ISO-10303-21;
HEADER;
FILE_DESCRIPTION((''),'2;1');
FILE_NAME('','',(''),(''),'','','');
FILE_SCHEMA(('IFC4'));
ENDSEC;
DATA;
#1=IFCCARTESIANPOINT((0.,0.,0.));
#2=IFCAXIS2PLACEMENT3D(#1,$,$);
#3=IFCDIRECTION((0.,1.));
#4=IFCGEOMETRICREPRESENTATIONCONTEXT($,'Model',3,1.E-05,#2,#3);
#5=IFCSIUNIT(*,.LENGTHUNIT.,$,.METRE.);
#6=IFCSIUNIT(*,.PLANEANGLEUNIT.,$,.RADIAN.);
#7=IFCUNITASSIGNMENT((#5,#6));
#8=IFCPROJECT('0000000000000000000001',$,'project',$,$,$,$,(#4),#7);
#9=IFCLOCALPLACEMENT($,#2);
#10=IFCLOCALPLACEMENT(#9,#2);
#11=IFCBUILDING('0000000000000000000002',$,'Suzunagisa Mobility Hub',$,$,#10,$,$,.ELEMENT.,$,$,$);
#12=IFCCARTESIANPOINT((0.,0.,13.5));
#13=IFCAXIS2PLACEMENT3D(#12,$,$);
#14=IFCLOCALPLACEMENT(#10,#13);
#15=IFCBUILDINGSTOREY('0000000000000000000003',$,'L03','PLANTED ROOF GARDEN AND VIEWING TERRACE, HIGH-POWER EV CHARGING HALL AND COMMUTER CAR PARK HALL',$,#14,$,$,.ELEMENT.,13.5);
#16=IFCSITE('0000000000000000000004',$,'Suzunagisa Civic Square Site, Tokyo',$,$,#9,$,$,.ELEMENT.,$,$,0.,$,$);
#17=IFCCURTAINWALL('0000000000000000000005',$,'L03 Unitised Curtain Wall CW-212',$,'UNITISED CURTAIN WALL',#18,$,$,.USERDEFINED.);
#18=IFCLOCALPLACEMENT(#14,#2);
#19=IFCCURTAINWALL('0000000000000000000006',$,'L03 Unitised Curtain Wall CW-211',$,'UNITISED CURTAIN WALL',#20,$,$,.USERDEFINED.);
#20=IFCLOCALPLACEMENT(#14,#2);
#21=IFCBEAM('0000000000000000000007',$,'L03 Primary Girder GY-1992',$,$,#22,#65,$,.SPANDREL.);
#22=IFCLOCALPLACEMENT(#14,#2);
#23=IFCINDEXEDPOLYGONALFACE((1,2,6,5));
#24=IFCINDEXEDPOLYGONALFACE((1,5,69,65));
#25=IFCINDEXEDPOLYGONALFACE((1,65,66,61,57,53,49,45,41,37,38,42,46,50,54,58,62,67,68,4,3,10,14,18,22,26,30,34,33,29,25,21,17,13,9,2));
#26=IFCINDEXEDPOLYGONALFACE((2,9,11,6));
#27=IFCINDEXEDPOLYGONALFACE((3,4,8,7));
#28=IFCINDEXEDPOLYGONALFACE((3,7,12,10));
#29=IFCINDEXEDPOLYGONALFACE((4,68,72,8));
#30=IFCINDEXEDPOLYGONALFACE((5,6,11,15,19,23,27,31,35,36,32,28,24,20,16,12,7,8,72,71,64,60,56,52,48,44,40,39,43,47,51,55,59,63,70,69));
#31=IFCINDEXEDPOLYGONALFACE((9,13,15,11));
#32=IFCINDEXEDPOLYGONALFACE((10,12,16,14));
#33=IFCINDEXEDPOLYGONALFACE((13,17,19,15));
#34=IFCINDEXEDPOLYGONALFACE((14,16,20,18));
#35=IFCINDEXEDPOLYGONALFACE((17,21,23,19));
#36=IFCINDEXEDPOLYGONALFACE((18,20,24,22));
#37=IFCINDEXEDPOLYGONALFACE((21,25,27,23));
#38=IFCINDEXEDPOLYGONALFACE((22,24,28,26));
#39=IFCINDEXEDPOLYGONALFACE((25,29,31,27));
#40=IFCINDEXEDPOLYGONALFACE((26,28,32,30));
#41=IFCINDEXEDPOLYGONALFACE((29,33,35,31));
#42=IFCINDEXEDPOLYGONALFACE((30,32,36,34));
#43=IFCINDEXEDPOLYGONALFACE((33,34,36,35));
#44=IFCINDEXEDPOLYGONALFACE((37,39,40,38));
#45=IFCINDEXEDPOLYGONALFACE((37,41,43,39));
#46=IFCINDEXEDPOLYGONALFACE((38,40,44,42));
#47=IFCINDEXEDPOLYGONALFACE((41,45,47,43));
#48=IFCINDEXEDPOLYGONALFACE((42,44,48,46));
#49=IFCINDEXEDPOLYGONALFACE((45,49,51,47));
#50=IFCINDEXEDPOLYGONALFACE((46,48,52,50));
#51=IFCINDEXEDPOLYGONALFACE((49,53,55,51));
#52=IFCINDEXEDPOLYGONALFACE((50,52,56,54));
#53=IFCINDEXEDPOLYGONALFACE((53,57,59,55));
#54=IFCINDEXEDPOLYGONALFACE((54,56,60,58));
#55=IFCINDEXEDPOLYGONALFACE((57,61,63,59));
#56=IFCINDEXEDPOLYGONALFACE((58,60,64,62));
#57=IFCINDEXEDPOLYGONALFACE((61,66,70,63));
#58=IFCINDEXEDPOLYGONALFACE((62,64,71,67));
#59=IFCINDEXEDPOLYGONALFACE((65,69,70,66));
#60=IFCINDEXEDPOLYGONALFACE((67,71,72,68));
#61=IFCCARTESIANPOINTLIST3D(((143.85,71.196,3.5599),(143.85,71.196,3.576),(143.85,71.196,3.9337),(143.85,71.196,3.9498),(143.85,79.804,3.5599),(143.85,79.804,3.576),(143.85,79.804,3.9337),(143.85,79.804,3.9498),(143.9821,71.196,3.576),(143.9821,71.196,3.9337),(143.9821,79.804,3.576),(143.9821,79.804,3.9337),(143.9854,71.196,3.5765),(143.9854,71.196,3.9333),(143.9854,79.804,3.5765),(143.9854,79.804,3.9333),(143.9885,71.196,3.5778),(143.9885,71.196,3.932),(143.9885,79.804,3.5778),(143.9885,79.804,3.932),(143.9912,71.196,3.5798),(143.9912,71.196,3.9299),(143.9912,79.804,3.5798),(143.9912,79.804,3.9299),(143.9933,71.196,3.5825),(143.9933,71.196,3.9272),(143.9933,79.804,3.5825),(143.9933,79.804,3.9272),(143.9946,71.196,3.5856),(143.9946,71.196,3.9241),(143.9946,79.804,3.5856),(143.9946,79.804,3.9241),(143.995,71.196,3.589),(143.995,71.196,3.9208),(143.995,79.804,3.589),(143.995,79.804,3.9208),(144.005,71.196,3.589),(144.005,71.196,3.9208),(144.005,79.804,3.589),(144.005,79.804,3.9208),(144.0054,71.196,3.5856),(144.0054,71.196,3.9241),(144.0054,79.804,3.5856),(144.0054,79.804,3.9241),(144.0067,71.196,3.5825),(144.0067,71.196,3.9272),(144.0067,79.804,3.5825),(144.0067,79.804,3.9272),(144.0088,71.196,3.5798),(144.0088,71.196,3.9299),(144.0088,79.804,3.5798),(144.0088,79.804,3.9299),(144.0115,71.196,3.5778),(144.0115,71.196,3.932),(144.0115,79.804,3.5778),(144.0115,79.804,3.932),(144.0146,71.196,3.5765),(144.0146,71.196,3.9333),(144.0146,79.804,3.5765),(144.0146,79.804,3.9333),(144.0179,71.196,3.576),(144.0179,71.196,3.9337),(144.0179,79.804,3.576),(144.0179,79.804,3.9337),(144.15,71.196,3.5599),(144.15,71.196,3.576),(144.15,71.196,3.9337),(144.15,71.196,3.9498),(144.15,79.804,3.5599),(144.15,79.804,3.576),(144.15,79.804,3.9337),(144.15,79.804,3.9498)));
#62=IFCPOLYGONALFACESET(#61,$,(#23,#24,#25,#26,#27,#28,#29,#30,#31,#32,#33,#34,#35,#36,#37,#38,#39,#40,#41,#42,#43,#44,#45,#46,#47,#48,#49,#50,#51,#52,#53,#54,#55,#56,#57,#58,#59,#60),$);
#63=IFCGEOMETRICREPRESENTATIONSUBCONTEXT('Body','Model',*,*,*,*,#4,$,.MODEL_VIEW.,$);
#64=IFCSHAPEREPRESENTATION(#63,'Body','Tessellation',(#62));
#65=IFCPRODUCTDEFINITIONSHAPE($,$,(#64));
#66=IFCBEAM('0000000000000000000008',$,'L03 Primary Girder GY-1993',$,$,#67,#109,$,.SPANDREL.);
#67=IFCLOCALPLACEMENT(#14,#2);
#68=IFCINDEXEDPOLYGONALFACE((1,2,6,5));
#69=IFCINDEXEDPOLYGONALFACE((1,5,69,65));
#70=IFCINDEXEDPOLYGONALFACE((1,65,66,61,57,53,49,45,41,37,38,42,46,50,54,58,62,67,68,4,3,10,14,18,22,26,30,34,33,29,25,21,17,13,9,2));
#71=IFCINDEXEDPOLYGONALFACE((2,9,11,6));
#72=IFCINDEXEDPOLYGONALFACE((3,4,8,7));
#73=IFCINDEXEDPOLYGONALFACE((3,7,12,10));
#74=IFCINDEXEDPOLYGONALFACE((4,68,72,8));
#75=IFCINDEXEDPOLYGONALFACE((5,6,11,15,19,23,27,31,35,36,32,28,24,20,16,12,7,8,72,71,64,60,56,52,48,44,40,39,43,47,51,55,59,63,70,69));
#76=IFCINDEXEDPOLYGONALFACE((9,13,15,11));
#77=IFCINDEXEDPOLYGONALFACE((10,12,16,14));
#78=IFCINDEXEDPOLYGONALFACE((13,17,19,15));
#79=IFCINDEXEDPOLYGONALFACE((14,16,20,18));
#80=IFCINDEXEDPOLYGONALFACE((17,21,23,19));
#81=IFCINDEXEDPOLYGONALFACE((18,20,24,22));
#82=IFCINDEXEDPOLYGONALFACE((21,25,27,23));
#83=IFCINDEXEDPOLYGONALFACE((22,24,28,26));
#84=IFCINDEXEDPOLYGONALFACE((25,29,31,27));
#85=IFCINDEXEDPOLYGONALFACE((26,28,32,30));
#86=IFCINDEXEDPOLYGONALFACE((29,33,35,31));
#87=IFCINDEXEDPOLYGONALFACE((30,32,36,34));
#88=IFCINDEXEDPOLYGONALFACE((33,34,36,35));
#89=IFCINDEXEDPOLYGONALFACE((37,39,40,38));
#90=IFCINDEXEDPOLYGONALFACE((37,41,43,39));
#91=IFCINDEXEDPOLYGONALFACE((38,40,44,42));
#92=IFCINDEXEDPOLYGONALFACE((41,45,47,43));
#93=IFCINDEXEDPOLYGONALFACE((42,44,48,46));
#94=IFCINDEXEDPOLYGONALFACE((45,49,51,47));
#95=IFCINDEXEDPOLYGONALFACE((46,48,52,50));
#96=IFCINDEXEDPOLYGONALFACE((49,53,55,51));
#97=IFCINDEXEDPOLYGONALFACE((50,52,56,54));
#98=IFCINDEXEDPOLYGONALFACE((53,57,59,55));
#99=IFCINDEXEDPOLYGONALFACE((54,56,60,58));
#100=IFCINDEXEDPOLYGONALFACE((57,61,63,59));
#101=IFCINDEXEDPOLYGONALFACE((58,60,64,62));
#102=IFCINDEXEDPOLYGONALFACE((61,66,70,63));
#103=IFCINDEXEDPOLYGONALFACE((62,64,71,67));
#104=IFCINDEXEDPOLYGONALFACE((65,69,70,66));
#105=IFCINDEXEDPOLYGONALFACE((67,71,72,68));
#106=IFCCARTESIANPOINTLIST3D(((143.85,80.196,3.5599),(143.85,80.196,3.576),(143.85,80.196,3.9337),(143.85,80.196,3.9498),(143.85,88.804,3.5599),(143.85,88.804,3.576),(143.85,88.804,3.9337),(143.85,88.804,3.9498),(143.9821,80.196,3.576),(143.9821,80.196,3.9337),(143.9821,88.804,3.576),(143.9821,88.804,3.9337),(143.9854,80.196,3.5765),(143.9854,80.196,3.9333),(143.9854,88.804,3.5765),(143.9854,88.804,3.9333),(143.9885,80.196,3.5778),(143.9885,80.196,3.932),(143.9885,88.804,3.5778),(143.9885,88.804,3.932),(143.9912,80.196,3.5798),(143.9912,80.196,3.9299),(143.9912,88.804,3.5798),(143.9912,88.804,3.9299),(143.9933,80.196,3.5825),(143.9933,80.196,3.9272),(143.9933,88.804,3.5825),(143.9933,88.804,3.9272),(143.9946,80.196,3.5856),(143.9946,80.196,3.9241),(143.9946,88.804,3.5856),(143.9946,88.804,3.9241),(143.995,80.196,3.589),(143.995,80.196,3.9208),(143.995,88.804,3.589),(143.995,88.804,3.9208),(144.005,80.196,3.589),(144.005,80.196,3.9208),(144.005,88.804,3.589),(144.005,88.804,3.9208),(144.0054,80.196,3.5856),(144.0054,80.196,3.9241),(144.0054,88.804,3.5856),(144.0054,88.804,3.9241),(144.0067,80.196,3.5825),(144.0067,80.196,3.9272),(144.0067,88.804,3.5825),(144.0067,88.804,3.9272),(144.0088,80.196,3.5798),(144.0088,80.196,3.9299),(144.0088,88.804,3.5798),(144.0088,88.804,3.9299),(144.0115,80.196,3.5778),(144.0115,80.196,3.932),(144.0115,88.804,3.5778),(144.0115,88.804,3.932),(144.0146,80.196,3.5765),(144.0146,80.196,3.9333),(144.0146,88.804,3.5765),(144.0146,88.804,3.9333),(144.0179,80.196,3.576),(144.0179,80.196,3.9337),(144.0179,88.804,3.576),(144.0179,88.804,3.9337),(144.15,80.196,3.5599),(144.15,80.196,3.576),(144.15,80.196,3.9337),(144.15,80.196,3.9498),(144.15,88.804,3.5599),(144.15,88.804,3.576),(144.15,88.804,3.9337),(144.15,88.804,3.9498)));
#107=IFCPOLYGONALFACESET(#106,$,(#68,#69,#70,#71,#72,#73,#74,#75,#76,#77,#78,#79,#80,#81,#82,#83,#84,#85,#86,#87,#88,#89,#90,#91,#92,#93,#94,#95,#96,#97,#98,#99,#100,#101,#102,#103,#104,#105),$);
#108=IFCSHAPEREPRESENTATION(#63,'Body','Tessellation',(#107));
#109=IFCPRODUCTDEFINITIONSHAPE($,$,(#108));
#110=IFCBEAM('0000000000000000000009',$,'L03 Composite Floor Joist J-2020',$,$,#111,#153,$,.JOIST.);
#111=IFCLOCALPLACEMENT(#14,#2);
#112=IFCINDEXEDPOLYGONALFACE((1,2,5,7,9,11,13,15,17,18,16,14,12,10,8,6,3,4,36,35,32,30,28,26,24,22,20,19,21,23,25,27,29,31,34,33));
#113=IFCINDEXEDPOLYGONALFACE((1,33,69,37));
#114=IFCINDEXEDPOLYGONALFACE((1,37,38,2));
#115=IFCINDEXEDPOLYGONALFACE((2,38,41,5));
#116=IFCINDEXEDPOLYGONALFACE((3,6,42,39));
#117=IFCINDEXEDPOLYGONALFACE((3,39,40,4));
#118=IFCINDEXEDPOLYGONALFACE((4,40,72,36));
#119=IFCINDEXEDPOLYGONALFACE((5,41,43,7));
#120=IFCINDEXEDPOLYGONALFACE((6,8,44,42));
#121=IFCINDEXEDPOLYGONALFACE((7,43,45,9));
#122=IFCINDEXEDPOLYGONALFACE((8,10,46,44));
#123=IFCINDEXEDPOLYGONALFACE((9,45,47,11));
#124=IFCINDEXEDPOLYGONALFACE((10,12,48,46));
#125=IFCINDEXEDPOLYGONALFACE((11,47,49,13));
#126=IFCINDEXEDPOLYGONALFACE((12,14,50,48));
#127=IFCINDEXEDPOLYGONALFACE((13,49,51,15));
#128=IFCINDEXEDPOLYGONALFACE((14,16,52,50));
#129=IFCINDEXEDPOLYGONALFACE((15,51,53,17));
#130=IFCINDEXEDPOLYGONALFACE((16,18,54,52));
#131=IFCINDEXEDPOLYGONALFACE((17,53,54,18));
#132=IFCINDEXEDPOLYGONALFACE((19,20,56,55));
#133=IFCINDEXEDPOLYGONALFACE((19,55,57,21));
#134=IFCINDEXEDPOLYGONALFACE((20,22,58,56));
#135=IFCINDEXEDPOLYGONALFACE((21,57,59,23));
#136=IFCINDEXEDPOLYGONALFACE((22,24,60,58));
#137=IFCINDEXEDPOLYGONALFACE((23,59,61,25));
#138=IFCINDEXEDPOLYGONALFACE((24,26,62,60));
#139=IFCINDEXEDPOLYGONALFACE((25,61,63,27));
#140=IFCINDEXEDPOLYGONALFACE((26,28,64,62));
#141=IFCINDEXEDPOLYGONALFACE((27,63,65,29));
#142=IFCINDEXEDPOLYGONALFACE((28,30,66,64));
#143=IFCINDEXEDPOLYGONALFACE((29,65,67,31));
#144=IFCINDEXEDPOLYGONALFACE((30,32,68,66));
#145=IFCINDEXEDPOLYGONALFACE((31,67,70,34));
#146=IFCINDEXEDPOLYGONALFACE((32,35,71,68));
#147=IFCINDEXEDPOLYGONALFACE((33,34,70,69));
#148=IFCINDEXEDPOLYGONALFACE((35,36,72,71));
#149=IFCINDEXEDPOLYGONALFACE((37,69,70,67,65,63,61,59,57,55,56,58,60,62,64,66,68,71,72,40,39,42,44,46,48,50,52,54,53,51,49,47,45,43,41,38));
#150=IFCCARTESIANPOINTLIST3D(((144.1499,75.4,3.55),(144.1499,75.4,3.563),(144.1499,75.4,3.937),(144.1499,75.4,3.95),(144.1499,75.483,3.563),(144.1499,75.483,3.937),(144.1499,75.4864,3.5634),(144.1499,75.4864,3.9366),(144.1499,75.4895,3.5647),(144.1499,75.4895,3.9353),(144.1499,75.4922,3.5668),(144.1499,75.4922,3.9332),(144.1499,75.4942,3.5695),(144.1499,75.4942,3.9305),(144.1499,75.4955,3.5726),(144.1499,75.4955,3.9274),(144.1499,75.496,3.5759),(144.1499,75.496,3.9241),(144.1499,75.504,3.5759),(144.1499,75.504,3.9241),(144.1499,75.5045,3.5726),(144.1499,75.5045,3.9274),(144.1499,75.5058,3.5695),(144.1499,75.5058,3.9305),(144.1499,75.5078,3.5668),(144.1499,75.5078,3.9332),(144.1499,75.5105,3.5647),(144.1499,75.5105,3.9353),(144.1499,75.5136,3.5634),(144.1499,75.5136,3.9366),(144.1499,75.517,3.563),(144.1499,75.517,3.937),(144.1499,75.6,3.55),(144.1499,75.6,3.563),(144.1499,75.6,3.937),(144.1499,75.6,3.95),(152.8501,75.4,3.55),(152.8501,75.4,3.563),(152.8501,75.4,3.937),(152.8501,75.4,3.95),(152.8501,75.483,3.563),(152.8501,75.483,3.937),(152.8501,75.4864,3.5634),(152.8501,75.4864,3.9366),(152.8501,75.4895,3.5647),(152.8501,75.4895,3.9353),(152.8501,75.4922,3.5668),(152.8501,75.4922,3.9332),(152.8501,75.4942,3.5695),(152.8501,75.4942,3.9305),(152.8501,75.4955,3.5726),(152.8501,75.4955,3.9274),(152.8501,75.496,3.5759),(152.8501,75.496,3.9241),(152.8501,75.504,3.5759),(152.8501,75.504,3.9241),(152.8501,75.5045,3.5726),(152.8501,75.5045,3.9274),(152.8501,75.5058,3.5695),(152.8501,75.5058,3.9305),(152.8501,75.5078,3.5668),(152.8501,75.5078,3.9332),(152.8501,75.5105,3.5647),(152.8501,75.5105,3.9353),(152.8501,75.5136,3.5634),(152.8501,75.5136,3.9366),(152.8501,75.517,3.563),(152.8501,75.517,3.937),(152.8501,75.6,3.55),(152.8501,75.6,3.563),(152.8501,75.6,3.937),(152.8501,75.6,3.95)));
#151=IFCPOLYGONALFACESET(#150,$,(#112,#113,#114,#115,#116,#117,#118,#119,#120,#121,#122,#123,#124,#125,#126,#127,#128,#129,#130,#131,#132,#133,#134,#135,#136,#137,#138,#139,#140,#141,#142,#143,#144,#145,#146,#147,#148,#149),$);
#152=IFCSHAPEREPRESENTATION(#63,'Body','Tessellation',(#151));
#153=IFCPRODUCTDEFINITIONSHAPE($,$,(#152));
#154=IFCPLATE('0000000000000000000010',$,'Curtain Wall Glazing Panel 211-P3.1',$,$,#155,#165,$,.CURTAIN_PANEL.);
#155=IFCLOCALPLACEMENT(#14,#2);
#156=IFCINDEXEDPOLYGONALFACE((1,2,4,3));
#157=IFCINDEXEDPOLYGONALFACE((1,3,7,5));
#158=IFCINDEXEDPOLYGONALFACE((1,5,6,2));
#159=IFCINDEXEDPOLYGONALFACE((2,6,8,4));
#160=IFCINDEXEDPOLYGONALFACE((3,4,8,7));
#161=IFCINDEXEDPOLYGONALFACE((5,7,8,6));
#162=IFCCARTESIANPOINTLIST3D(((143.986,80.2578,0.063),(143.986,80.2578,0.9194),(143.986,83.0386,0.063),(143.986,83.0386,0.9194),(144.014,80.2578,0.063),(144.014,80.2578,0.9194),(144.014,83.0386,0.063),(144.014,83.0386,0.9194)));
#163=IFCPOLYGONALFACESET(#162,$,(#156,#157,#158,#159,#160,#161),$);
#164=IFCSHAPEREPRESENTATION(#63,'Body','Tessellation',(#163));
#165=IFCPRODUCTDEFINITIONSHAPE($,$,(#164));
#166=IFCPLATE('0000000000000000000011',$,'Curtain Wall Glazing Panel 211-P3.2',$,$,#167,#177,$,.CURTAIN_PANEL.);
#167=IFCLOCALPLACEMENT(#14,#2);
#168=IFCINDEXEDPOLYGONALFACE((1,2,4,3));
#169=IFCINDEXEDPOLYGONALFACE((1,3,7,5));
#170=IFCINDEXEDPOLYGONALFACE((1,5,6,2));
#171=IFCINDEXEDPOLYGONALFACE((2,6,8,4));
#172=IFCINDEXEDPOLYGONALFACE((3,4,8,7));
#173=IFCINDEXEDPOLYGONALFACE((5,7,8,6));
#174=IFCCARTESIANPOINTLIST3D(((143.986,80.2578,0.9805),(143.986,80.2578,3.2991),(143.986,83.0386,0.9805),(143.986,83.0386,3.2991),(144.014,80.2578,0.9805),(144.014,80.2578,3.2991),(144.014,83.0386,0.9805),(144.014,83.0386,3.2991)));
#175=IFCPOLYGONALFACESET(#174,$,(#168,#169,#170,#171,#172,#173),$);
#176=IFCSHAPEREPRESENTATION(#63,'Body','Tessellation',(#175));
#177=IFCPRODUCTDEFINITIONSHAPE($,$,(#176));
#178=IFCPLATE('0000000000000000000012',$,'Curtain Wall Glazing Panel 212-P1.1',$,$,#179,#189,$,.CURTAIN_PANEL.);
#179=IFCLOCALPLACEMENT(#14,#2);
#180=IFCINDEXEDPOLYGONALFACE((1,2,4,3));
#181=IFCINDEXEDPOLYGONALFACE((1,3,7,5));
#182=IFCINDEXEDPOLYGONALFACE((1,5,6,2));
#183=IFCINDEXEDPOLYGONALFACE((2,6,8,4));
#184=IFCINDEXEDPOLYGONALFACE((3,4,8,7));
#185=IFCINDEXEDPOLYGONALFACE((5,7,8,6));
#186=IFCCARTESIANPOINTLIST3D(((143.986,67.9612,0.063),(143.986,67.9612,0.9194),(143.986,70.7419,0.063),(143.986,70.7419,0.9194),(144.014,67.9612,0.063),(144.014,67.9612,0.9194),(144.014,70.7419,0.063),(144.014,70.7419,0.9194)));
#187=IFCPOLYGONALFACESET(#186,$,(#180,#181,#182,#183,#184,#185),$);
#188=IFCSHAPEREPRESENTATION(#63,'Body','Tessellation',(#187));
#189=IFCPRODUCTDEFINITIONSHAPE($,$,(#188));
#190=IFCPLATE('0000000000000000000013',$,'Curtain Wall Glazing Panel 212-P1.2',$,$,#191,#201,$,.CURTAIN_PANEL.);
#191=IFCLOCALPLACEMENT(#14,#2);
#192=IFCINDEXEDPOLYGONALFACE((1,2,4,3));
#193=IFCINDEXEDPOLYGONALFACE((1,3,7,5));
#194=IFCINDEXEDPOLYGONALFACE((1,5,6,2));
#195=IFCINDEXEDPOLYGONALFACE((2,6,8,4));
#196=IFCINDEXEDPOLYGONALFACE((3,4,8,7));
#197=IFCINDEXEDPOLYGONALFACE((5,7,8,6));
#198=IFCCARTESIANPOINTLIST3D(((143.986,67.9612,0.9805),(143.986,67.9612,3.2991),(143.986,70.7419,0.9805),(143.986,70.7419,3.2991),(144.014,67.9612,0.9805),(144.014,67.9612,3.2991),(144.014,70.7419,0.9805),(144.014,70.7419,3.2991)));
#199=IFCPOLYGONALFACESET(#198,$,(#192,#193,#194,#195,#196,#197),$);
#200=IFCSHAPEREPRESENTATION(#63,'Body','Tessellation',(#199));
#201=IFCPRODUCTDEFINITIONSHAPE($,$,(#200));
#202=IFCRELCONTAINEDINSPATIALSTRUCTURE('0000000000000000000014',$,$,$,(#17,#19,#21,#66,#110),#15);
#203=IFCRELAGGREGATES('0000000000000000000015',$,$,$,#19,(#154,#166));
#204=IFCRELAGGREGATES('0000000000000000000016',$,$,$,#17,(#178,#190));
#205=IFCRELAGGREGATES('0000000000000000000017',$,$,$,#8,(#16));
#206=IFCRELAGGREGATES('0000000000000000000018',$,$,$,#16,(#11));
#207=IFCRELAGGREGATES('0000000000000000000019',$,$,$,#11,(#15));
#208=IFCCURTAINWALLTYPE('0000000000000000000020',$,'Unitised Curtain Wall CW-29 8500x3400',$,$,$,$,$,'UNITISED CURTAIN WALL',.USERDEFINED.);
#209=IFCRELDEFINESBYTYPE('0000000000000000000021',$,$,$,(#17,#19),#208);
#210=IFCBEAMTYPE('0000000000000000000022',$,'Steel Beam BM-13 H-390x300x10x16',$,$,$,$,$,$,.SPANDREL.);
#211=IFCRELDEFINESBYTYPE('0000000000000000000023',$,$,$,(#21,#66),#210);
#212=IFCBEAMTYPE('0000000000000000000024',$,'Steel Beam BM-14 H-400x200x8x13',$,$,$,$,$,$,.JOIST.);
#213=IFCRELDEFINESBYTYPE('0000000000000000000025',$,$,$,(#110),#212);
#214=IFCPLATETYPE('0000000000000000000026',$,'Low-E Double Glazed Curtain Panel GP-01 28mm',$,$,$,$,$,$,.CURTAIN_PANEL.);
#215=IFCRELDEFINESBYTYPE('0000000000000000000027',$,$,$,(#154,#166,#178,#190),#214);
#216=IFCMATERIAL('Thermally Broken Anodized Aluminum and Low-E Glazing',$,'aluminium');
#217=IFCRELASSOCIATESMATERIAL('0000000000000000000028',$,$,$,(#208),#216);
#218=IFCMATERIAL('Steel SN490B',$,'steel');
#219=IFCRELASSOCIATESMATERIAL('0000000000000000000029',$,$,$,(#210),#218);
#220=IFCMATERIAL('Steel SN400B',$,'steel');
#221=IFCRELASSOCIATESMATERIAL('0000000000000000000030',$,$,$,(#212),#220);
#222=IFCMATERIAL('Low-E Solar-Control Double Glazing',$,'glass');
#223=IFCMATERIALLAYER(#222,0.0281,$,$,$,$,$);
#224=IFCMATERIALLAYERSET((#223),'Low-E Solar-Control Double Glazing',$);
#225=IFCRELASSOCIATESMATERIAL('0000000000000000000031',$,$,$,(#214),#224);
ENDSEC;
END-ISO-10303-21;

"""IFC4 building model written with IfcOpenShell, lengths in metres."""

from ifc_helpers import new_model, si_unit, direction, frame, origin, origin_2d, place, context, subcontext, project, spatial, rectangle, i_section, extrude, material, layer, layer_set, material_profile, profile_set, type_object, element, aggregate, save


model = new_model("IFC4")

# Units and contexts
model_context = context("Model", 3, precision=1e-05, world=origin(), true_north=direction((0.0, 1.0)))
body_context = subcontext(model_context, "Body", "Model", "MODEL_VIEW")
ifc_project = project(units=[si_unit("LENGTHUNIT", "METRE"), si_unit("PLANEANGLEUNIT", "RADIAN")], contexts=[model_context])

# Site, building, storey
site_placement = place(None, origin())
site = spatial("IfcSite", under=ifc_project, at=site_placement, Name="Suzunagisa Civic Square Site, Tokyo", CompositionType="ELEMENT", RefElevation=0.0)
building_placement = place(site_placement, origin())
building = spatial("IfcBuilding", under=site, at=building_placement, Name="Suzunagisa Mobility Hub", CompositionType="ELEMENT")
storey_placement = place(building_placement, frame((0.0, 0.0, 13.5)))
storey = spatial("IfcBuildingStorey", under=building, at=storey_placement, Name="L03", Description="PLANTED ROOF GARDEN AND VIEWING TERRACE, HIGH-POWER EV CHARGING HALL AND COMMUTER CAR PARK HALL", CompositionType="ELEMENT", Elevation=13.5)

# Shared definitions
ifc_material_1 = material(Name="Steel SN490B", Category="steel")

# Curtain wall
ifc_material_2 = material(Name="Thermally Broken Anodized Aluminum and Low-E Glazing", Category="aluminium")
curtain_wall_type = type_object("IfcCurtainWallType", Name="Unitised Curtain Wall CW-29 8500x3400", ElementType="UNITISED CURTAIN WALL", PredefinedType="USERDEFINED", material=ifc_material_2)
curtain_wall_1_placement = place(storey_placement, origin())
curtain_wall_1 = element("IfcCurtainWall", 1, at=curtain_wall_1_placement, inside=storey, type_object=curtain_wall_type, Name="L03 Unitised Curtain Wall CW-212", ObjectType="UNITISED CURTAIN WALL", PredefinedType="USERDEFINED")

# Curtain wall
curtain_wall_2_placement = place(storey_placement, origin())
curtain_wall_2 = element("IfcCurtainWall", 2, at=curtain_wall_2_placement, inside=storey, type_object=curtain_wall_type, Name="L03 Unitised Curtain Wall CW-211", ObjectType="UNITISED CURTAIN WALL", PredefinedType="USERDEFINED")

# Beams
ifc_material_profile_1 = material_profile(ifc_material_1, i_section(OverallWidth=0.3, OverallDepth=0.3899, WebThickness=0.01, FlangeThickness=0.0161, FilletRadius=0.0129, at=origin_2d()), Name="H-390x300x10x16")
ifc_profile_set_1 = profile_set([ifc_material_profile_1], Name="Steel SN490B")
beam_type_1 = type_object("IfcBeamType", Name="Steel Beam BM-13 H-390x300x10x16", PredefinedType="SPANDREL", material=ifc_profile_set_1)
for number, where, z_axis, x_axis, name in (
    (3, (144.0, 71.196, 3.7549), (0.0, 1.0, 0.0), (-1.0, 0.0, 0.0), "L03 Primary Girder GY-1992"),
    (4, (144.0, 80.196, 3.7549), (0.0, 1.0, 0.0), (-1.0, 0.0, 0.0), "L03 Primary Girder GY-1993"),
):
    element("IfcBeam", number, at=place(storey_placement, frame(where, z_axis=z_axis, x_axis=x_axis)), inside=storey, type_object=beam_type_1, Name=name, PredefinedType="SPANDREL", context=body_context, shape_type="SweptSolid", body=[
        extrude(i_section(OverallWidth=0.3, OverallDepth=0.3899, WebThickness=0.01, FlangeThickness=0.0161, FilletRadius=0.0129, at=origin_2d()), origin(), (0.0, 0.0, 1.0), 8.6079),
    ])
ifc_material_3 = material(Name="Steel SN400B", Category="steel")
ifc_material_profile_2 = material_profile(ifc_material_3, i_section(OverallWidth=0.2, OverallDepth=0.3999, WebThickness=0.0081, FlangeThickness=0.0129, FilletRadius=0.0129, at=origin_2d()), Name="H-400x200x8x13")
ifc_profile_set_2 = profile_set([ifc_material_profile_2], Name="Steel SN400B")
beam_type_2 = type_object("IfcBeamType", Name="Steel Beam BM-14 H-400x200x8x13", PredefinedType="JOIST", material=ifc_profile_set_2)
beam_placement = place(storey_placement, frame((144.1499, 75.5, 3.75), z_axis=(1.0, 0.0, 0.0), x_axis=(0.0, 1.0, 0.0)))
element("IfcBeam", 5, at=beam_placement, inside=storey, type_object=beam_type_2, Name="L03 Composite Floor Joist J-2020", PredefinedType="JOIST", context=body_context, shape_type="SweptSolid", body=[
    extrude(i_section(OverallWidth=0.2, OverallDepth=0.3999, WebThickness=0.0081, FlangeThickness=0.0129, FilletRadius=0.0129, at=origin_2d()), origin(), (0.0, 0.0, 1.0), 8.7002),
])

# Plates
ifc_material_4 = material(Name="Low-E Solar-Control Double Glazing", Category="glass")
ifc_layer_1 = layer(ifc_material_4, 0.0281)
ifc_layer_set_1 = layer_set([ifc_layer_1], Name="Low-E Solar-Control Double Glazing")
plate_type = type_object("IfcPlateType", Name="Low-E Double Glazed Curtain Panel GP-01 28mm", PredefinedType="CURTAIN_PANEL", material=ifc_layer_set_1)
plate_1_placement = place(storey_placement, frame((144.0, 81.6482, 0.063), z_axis=(0.0, 0.0, 1.0), x_axis=(0.0, -1.0, 0.0)))
plate_1 = element("IfcPlate", 6, at=plate_1_placement, type_object=plate_type, Name="Curtain Wall Glazing Panel 211-P3.1", PredefinedType="CURTAIN_PANEL", context=body_context, shape_type="SweptSolid", body=[
    extrude(rectangle(XDim=2.7808, YDim=0.0281, at=origin_2d()), origin(), (0.0, 0.0, 1.0), 0.8564),
])
plate_2_placement = place(storey_placement, frame((144.0, 81.6482, 0.9805), z_axis=(0.0, 0.0, 1.0), x_axis=(0.0, -1.0, 0.0)))
plate_2 = element("IfcPlate", 7, at=plate_2_placement, type_object=plate_type, Name="Curtain Wall Glazing Panel 211-P3.2", PredefinedType="CURTAIN_PANEL", context=body_context, shape_type="SweptSolid", body=[
    extrude(rectangle(XDim=2.7808, YDim=0.0281, at=origin_2d()), origin(), (0.0, 0.0, 1.0), 2.3186),
])
aggregate(curtain_wall_2, [plate_1, plate_2])
plate_3_placement = place(storey_placement, frame((144.0, 69.3516, 0.063), z_axis=(0.0, 0.0, 1.0), x_axis=(0.0, -1.0, 0.0)))
plate_3 = element("IfcPlate", 8, at=plate_3_placement, type_object=plate_type, Name="Curtain Wall Glazing Panel 212-P1.1", PredefinedType="CURTAIN_PANEL", context=body_context, shape_type="SweptSolid", body=[
    extrude(rectangle(XDim=2.7808, YDim=0.0281, at=origin_2d()), origin(), (0.0, 0.0, 1.0), 0.8564),
])
plate_4_placement = place(storey_placement, frame((144.0, 69.3516, 0.9805), z_axis=(0.0, 0.0, 1.0), x_axis=(0.0, -1.0, 0.0)))
plate_4 = element("IfcPlate", 9, at=plate_4_placement, type_object=plate_type, Name="Curtain Wall Glazing Panel 212-P1.2", PredefinedType="CURTAIN_PANEL", context=body_context, shape_type="SweptSolid", body=[
    extrude(rectangle(XDim=2.7808, YDim=0.0281, at=origin_2d()), origin(), (0.0, 0.0, 1.0), 2.3186),
])
aggregate(curtain_wall_1, [plate_3, plate_4])

save(model, "model.ifc")
